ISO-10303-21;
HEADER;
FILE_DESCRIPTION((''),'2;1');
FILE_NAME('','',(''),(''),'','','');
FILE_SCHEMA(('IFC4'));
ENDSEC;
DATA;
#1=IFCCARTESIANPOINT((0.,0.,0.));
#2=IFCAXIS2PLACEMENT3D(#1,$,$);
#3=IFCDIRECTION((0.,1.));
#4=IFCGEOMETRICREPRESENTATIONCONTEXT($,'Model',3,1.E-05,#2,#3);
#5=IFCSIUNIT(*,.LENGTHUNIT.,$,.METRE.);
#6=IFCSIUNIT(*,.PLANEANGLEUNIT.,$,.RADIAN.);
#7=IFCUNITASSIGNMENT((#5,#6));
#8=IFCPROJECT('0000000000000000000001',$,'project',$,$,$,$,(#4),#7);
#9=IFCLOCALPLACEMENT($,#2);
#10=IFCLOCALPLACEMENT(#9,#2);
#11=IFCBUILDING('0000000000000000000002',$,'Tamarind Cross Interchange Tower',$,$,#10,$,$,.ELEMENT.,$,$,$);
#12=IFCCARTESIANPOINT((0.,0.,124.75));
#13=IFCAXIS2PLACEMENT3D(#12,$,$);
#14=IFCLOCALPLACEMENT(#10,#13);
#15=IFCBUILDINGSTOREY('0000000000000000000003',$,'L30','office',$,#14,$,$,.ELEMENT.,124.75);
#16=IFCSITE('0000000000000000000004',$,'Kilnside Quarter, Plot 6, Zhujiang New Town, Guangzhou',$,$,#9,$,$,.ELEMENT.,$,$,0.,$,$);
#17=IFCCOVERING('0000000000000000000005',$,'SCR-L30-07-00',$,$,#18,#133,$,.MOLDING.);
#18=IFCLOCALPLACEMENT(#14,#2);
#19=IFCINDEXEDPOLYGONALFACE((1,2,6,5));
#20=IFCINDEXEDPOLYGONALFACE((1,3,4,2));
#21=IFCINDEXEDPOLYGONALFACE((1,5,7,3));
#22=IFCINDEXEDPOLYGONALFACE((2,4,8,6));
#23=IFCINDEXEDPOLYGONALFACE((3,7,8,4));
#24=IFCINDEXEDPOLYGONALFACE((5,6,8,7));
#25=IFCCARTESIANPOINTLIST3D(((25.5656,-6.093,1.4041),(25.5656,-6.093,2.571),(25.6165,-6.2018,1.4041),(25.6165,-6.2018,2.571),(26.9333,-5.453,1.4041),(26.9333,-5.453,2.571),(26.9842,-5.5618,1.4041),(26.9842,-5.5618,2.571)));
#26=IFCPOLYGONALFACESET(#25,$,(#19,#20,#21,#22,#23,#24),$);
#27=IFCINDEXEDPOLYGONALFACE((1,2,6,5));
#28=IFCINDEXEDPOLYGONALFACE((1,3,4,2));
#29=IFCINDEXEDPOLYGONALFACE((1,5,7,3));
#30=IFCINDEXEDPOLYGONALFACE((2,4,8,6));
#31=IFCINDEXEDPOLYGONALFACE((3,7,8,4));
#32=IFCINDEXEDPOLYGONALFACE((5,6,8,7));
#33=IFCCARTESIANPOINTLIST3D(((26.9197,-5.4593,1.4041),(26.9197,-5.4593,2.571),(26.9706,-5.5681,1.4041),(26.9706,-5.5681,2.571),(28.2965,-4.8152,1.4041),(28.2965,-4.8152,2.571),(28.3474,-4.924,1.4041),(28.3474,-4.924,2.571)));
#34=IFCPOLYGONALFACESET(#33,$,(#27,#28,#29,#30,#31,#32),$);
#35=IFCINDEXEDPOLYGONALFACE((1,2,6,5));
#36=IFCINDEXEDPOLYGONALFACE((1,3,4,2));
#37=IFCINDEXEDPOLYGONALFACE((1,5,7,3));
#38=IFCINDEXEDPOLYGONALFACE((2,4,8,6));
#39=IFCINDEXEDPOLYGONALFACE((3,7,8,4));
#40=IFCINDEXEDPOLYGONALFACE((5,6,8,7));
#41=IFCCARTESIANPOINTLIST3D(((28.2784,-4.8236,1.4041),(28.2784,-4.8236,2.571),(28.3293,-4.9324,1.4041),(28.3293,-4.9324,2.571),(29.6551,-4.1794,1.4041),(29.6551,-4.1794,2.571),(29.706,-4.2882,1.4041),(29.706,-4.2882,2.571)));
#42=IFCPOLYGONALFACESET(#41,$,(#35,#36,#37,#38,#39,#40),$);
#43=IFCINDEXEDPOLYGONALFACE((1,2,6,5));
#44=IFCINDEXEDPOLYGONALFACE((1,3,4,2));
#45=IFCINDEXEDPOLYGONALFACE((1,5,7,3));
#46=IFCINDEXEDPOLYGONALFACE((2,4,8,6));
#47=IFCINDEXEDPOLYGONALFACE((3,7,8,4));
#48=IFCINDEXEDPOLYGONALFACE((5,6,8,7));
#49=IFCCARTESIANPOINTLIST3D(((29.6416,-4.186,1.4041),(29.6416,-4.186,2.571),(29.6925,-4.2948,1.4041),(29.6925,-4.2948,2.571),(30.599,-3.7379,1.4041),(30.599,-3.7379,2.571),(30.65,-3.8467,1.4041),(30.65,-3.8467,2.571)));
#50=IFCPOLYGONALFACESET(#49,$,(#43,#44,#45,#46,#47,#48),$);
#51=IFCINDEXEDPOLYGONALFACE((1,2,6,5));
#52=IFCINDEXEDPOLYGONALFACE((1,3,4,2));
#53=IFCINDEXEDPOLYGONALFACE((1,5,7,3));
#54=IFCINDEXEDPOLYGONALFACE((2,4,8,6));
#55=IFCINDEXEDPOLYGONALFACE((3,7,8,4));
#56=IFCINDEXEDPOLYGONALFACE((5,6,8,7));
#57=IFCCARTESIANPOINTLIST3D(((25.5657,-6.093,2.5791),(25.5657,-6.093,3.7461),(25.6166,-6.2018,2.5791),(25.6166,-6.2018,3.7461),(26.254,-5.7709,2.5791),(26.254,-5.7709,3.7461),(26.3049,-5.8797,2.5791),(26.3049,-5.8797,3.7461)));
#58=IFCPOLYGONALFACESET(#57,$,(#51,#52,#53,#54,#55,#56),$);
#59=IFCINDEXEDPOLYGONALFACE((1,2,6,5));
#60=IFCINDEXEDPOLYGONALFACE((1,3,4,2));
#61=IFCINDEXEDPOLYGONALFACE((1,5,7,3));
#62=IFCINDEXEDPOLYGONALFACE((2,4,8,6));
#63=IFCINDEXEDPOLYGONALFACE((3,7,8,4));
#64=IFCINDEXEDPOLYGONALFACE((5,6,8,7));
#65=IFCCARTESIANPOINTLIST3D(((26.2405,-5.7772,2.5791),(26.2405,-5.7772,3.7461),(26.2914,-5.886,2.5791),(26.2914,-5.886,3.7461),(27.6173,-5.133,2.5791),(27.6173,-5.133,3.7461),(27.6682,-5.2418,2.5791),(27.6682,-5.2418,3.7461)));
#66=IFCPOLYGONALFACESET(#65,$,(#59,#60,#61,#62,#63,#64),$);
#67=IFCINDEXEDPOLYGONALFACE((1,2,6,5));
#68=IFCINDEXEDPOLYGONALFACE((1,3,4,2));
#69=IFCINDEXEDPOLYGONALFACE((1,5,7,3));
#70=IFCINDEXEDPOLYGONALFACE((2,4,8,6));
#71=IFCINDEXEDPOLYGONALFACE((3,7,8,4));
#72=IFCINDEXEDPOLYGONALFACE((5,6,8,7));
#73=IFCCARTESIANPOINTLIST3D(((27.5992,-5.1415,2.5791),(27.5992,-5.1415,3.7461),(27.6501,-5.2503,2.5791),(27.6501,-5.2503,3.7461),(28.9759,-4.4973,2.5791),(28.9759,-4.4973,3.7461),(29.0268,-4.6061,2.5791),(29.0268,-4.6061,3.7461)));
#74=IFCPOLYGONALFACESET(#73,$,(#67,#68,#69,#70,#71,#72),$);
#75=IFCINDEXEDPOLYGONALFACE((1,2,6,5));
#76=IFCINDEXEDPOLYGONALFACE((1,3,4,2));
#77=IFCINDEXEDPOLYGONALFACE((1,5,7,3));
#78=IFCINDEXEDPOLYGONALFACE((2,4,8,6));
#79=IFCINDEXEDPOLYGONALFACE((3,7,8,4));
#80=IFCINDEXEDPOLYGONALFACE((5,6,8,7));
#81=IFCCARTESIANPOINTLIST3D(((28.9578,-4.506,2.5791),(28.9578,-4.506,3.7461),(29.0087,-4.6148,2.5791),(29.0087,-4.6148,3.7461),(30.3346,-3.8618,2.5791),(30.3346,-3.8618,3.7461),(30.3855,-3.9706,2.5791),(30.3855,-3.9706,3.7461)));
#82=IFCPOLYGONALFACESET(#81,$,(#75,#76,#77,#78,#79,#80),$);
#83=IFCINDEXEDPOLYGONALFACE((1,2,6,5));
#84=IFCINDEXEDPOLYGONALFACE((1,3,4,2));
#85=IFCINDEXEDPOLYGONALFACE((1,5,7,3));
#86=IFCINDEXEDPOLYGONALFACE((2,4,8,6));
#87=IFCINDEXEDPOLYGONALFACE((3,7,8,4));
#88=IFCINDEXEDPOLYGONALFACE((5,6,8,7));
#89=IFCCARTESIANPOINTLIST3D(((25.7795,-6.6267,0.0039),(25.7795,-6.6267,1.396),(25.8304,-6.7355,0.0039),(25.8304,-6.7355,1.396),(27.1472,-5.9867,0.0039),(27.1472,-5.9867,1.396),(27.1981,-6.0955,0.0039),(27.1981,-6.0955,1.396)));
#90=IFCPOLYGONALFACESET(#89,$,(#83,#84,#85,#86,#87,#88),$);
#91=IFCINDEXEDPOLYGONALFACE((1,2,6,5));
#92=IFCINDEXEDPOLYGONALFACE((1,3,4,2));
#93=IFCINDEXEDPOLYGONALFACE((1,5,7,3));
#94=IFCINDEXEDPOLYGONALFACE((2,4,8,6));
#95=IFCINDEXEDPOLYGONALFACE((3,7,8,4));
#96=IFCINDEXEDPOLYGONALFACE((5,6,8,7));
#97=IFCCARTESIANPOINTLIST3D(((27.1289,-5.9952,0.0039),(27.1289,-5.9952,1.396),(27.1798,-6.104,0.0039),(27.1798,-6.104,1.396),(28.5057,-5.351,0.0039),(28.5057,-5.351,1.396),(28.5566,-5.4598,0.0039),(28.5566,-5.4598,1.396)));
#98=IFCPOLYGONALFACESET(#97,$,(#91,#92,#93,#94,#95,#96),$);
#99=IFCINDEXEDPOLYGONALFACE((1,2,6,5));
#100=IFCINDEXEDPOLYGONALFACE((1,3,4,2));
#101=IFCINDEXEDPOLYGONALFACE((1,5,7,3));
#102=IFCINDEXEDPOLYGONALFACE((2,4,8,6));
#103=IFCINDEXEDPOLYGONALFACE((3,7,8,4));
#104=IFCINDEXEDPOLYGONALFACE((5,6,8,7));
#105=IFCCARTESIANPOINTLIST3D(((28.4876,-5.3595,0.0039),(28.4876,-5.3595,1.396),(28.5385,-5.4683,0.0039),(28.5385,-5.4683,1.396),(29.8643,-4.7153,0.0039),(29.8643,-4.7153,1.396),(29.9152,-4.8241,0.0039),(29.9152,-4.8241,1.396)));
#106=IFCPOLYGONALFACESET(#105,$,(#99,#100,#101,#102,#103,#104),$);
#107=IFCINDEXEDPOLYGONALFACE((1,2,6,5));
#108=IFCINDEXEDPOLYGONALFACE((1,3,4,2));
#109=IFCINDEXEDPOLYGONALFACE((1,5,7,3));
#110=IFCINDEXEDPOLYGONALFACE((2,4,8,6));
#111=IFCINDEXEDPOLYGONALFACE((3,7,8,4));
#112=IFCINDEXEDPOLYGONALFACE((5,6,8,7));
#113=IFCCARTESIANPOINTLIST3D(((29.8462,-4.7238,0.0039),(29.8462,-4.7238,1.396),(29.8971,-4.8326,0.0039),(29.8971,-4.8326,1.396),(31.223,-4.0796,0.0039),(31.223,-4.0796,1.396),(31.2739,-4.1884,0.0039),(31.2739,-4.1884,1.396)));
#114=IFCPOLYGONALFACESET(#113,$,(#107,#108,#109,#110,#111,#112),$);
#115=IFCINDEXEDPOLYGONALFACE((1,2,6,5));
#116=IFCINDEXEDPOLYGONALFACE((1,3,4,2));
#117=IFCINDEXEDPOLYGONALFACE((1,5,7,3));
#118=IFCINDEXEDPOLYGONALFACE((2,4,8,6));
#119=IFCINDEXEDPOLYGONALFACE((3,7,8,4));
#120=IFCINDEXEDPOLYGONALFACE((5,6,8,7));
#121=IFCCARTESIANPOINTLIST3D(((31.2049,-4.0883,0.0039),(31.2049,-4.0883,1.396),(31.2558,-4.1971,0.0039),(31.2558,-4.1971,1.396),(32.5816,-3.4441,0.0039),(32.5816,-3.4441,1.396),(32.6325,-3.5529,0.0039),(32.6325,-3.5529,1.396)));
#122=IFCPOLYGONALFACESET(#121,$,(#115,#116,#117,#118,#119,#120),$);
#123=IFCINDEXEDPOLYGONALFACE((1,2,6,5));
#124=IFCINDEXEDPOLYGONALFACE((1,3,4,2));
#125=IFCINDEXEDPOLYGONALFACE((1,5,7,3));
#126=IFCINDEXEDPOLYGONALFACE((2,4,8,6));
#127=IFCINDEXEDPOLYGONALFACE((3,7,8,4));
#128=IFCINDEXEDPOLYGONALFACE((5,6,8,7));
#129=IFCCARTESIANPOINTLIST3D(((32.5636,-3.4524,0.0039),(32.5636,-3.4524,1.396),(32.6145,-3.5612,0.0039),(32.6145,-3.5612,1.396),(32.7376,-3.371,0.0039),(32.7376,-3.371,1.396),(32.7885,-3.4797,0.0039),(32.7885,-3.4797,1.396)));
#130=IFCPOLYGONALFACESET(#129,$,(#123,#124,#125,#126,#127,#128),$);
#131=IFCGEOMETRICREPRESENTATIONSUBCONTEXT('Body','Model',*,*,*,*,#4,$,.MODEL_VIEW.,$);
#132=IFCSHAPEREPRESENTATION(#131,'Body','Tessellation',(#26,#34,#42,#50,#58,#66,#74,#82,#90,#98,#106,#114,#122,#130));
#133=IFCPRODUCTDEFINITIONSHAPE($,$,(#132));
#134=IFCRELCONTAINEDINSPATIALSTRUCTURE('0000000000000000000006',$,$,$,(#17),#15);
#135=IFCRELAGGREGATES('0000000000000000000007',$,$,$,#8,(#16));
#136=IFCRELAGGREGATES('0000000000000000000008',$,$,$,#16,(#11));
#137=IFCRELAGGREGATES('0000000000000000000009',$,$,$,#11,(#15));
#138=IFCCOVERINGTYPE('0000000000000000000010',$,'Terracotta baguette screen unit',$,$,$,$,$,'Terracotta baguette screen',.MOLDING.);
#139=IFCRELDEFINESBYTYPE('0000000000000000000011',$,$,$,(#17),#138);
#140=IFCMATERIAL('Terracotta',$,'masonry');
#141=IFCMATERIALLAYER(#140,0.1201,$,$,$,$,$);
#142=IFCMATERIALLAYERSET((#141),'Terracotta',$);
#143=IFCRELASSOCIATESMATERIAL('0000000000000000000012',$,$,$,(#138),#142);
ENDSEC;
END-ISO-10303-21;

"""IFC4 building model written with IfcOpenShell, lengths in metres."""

from ifc_helpers import new_model, si_unit, direction, frame, origin, origin_2d, place, context, subcontext, project, spatial, rectangle, extrude, material, layer, layer_set, type_object, element, save


model = new_model("IFC4")

# Units and contexts
model_context = context("Model", 3, precision=1e-05, world=origin(), true_north=direction((0.0, 1.0)))
body_context = subcontext(model_context, "Body", "Model", "MODEL_VIEW")
ifc_project = project(units=[si_unit("LENGTHUNIT", "METRE"), si_unit("PLANEANGLEUNIT", "RADIAN")], contexts=[model_context])

# Site, building, storey
site_placement = place(None, origin())
site = spatial("IfcSite", under=ifc_project, at=site_placement, Name="Kilnside Quarter, Plot 6, Zhujiang New Town, Guangzhou", CompositionType="ELEMENT", RefElevation=0.0)
building_placement = place(site_placement, origin())
building = spatial("IfcBuilding", under=site, at=building_placement, Name="Tamarind Cross Interchange Tower", CompositionType="ELEMENT")
storey_placement = place(building_placement, frame((0.0, 0.0, 124.75)))
storey = spatial("IfcBuildingStorey", under=building, at=storey_placement, Name="L30", Description="office", CompositionType="ELEMENT", Elevation=124.75)

# Covering
ifc_material_1 = material(Name="Terracotta", Category="masonry")
ifc_layer_1 = layer(ifc_material_1, 0.1201)
ifc_layer_set_1 = layer_set([ifc_layer_1], Name="Terracotta")
covering_type = type_object("IfcCoveringType", Name="Terracotta baguette screen unit", ElementType="Terracotta baguette screen", PredefinedType="MOLDING", material=ifc_layer_set_1)
covering_1_placement = place(storey_placement, origin())
element("IfcCovering", 1, at=covering_1_placement, inside=storey, type_object=covering_type, Name="SCR-L30-07-00", PredefinedType="MOLDING", context=body_context, shape_type="SweptSolid", body=[
    extrude(rectangle(XDim=1.51, YDim=0.1201, at=origin_2d()), frame((26.2749, -5.8274, 1.4041), z_axis=(0.0, 0.0, 1.0), x_axis=(0.905752, 0.423807, 0.0)), (0.0, 0.0, 1.0), 1.167),
    extrude(rectangle(XDim=1.52, YDim=0.1201, at=origin_2d()), frame((27.6335, -5.1917, 1.4041), z_axis=(0.0, 0.0, 1.0), x_axis=(0.905752, 0.423807, 0.0)), (0.0, 0.0, 1.0), 1.167),
    extrude(rectangle(XDim=1.52, YDim=0.1201, at=origin_2d()), frame((28.9922, -4.5559, 1.4041), z_axis=(0.0, 0.0, 1.0), x_axis=(0.905752, 0.423807, 0.0)), (0.0, 0.0, 1.0), 1.167),
    extrude(rectangle(XDim=1.0571, YDim=0.1201, at=origin_2d()), frame((30.1458, -4.0164, 1.4041), z_axis=(0.0, 0.0, 1.0), x_axis=(0.905752, 0.423807, 0.0)), (0.0, 0.0, 1.0), 1.167),
    extrude(rectangle(XDim=0.76, YDim=0.1201, at=origin_2d()), frame((25.9353, -5.9863, 2.5791), z_axis=(0.0, 0.0, 1.0), x_axis=(0.905752, 0.423807, 0.0)), (0.0, 0.0, 1.0), 1.167),
    extrude(rectangle(XDim=1.52, YDim=0.1201, at=origin_2d()), frame((26.9543, -5.5095, 2.5791), z_axis=(0.0, 0.0, 1.0), x_axis=(0.905752, 0.423807, 0.0)), (0.0, 0.0, 1.0), 1.167),
    extrude(rectangle(XDim=1.52, YDim=0.1201, at=origin_2d()), frame((28.313, -4.8738, 2.5791), z_axis=(0.0, 0.0, 1.0), x_axis=(0.905752, 0.423807, 0.0)), (0.0, 0.0, 1.0), 1.167),
    extrude(rectangle(XDim=1.52, YDim=0.1201, at=origin_2d()), frame((29.6716, -4.2383, 2.5791), z_axis=(0.0, 0.0, 1.0), x_axis=(0.905752, 0.423807, 0.0)), (0.0, 0.0, 1.0), 1.167),
    extrude(rectangle(XDim=1.51, YDim=0.1201, at=origin_2d()), frame((26.4888, -6.3611, 0.0039), z_axis=(0.0, 0.0, 1.0), x_axis=(0.905752, 0.423807, 0.0)), (0.0, 0.0, 1.0), 1.3921),
    extrude(rectangle(XDim=1.52, YDim=0.1201, at=origin_2d()), frame((27.8428, -5.7275, 0.0039), z_axis=(0.0, 0.0, 1.0), x_axis=(0.905752, 0.423807, 0.0)), (0.0, 0.0, 1.0), 1.3921),
    extrude(rectangle(XDim=1.52, YDim=0.1201, at=origin_2d()), frame((29.2014, -5.0918, 0.0039), z_axis=(0.0, 0.0, 1.0), x_axis=(0.905752, 0.423807, 0.0)), (0.0, 0.0, 1.0), 1.3921),
    extrude(rectangle(XDim=1.52, YDim=0.1201, at=origin_2d()), frame((30.5601, -4.4561, 0.0039), z_axis=(0.0, 0.0, 1.0), x_axis=(0.905752, 0.423807, 0.0)), (0.0, 0.0, 1.0), 1.3921),
    extrude(rectangle(XDim=1.52, YDim=0.1201, at=origin_2d()), frame((31.9187, -3.8206, 0.0039), z_axis=(0.0, 0.0, 1.0), x_axis=(0.905752, 0.423807, 0.0)), (0.0, 0.0, 1.0), 1.3921),
    extrude(rectangle(XDim=0.1921, YDim=0.1201, at=origin_2d()), frame((32.676, -3.4661, 0.0039), z_axis=(0.0, 0.0, 1.0), x_axis=(0.905752, 0.423807, 0.0)), (0.0, 0.0, 1.0), 1.3921),
])

save(model, "model.ifc")
